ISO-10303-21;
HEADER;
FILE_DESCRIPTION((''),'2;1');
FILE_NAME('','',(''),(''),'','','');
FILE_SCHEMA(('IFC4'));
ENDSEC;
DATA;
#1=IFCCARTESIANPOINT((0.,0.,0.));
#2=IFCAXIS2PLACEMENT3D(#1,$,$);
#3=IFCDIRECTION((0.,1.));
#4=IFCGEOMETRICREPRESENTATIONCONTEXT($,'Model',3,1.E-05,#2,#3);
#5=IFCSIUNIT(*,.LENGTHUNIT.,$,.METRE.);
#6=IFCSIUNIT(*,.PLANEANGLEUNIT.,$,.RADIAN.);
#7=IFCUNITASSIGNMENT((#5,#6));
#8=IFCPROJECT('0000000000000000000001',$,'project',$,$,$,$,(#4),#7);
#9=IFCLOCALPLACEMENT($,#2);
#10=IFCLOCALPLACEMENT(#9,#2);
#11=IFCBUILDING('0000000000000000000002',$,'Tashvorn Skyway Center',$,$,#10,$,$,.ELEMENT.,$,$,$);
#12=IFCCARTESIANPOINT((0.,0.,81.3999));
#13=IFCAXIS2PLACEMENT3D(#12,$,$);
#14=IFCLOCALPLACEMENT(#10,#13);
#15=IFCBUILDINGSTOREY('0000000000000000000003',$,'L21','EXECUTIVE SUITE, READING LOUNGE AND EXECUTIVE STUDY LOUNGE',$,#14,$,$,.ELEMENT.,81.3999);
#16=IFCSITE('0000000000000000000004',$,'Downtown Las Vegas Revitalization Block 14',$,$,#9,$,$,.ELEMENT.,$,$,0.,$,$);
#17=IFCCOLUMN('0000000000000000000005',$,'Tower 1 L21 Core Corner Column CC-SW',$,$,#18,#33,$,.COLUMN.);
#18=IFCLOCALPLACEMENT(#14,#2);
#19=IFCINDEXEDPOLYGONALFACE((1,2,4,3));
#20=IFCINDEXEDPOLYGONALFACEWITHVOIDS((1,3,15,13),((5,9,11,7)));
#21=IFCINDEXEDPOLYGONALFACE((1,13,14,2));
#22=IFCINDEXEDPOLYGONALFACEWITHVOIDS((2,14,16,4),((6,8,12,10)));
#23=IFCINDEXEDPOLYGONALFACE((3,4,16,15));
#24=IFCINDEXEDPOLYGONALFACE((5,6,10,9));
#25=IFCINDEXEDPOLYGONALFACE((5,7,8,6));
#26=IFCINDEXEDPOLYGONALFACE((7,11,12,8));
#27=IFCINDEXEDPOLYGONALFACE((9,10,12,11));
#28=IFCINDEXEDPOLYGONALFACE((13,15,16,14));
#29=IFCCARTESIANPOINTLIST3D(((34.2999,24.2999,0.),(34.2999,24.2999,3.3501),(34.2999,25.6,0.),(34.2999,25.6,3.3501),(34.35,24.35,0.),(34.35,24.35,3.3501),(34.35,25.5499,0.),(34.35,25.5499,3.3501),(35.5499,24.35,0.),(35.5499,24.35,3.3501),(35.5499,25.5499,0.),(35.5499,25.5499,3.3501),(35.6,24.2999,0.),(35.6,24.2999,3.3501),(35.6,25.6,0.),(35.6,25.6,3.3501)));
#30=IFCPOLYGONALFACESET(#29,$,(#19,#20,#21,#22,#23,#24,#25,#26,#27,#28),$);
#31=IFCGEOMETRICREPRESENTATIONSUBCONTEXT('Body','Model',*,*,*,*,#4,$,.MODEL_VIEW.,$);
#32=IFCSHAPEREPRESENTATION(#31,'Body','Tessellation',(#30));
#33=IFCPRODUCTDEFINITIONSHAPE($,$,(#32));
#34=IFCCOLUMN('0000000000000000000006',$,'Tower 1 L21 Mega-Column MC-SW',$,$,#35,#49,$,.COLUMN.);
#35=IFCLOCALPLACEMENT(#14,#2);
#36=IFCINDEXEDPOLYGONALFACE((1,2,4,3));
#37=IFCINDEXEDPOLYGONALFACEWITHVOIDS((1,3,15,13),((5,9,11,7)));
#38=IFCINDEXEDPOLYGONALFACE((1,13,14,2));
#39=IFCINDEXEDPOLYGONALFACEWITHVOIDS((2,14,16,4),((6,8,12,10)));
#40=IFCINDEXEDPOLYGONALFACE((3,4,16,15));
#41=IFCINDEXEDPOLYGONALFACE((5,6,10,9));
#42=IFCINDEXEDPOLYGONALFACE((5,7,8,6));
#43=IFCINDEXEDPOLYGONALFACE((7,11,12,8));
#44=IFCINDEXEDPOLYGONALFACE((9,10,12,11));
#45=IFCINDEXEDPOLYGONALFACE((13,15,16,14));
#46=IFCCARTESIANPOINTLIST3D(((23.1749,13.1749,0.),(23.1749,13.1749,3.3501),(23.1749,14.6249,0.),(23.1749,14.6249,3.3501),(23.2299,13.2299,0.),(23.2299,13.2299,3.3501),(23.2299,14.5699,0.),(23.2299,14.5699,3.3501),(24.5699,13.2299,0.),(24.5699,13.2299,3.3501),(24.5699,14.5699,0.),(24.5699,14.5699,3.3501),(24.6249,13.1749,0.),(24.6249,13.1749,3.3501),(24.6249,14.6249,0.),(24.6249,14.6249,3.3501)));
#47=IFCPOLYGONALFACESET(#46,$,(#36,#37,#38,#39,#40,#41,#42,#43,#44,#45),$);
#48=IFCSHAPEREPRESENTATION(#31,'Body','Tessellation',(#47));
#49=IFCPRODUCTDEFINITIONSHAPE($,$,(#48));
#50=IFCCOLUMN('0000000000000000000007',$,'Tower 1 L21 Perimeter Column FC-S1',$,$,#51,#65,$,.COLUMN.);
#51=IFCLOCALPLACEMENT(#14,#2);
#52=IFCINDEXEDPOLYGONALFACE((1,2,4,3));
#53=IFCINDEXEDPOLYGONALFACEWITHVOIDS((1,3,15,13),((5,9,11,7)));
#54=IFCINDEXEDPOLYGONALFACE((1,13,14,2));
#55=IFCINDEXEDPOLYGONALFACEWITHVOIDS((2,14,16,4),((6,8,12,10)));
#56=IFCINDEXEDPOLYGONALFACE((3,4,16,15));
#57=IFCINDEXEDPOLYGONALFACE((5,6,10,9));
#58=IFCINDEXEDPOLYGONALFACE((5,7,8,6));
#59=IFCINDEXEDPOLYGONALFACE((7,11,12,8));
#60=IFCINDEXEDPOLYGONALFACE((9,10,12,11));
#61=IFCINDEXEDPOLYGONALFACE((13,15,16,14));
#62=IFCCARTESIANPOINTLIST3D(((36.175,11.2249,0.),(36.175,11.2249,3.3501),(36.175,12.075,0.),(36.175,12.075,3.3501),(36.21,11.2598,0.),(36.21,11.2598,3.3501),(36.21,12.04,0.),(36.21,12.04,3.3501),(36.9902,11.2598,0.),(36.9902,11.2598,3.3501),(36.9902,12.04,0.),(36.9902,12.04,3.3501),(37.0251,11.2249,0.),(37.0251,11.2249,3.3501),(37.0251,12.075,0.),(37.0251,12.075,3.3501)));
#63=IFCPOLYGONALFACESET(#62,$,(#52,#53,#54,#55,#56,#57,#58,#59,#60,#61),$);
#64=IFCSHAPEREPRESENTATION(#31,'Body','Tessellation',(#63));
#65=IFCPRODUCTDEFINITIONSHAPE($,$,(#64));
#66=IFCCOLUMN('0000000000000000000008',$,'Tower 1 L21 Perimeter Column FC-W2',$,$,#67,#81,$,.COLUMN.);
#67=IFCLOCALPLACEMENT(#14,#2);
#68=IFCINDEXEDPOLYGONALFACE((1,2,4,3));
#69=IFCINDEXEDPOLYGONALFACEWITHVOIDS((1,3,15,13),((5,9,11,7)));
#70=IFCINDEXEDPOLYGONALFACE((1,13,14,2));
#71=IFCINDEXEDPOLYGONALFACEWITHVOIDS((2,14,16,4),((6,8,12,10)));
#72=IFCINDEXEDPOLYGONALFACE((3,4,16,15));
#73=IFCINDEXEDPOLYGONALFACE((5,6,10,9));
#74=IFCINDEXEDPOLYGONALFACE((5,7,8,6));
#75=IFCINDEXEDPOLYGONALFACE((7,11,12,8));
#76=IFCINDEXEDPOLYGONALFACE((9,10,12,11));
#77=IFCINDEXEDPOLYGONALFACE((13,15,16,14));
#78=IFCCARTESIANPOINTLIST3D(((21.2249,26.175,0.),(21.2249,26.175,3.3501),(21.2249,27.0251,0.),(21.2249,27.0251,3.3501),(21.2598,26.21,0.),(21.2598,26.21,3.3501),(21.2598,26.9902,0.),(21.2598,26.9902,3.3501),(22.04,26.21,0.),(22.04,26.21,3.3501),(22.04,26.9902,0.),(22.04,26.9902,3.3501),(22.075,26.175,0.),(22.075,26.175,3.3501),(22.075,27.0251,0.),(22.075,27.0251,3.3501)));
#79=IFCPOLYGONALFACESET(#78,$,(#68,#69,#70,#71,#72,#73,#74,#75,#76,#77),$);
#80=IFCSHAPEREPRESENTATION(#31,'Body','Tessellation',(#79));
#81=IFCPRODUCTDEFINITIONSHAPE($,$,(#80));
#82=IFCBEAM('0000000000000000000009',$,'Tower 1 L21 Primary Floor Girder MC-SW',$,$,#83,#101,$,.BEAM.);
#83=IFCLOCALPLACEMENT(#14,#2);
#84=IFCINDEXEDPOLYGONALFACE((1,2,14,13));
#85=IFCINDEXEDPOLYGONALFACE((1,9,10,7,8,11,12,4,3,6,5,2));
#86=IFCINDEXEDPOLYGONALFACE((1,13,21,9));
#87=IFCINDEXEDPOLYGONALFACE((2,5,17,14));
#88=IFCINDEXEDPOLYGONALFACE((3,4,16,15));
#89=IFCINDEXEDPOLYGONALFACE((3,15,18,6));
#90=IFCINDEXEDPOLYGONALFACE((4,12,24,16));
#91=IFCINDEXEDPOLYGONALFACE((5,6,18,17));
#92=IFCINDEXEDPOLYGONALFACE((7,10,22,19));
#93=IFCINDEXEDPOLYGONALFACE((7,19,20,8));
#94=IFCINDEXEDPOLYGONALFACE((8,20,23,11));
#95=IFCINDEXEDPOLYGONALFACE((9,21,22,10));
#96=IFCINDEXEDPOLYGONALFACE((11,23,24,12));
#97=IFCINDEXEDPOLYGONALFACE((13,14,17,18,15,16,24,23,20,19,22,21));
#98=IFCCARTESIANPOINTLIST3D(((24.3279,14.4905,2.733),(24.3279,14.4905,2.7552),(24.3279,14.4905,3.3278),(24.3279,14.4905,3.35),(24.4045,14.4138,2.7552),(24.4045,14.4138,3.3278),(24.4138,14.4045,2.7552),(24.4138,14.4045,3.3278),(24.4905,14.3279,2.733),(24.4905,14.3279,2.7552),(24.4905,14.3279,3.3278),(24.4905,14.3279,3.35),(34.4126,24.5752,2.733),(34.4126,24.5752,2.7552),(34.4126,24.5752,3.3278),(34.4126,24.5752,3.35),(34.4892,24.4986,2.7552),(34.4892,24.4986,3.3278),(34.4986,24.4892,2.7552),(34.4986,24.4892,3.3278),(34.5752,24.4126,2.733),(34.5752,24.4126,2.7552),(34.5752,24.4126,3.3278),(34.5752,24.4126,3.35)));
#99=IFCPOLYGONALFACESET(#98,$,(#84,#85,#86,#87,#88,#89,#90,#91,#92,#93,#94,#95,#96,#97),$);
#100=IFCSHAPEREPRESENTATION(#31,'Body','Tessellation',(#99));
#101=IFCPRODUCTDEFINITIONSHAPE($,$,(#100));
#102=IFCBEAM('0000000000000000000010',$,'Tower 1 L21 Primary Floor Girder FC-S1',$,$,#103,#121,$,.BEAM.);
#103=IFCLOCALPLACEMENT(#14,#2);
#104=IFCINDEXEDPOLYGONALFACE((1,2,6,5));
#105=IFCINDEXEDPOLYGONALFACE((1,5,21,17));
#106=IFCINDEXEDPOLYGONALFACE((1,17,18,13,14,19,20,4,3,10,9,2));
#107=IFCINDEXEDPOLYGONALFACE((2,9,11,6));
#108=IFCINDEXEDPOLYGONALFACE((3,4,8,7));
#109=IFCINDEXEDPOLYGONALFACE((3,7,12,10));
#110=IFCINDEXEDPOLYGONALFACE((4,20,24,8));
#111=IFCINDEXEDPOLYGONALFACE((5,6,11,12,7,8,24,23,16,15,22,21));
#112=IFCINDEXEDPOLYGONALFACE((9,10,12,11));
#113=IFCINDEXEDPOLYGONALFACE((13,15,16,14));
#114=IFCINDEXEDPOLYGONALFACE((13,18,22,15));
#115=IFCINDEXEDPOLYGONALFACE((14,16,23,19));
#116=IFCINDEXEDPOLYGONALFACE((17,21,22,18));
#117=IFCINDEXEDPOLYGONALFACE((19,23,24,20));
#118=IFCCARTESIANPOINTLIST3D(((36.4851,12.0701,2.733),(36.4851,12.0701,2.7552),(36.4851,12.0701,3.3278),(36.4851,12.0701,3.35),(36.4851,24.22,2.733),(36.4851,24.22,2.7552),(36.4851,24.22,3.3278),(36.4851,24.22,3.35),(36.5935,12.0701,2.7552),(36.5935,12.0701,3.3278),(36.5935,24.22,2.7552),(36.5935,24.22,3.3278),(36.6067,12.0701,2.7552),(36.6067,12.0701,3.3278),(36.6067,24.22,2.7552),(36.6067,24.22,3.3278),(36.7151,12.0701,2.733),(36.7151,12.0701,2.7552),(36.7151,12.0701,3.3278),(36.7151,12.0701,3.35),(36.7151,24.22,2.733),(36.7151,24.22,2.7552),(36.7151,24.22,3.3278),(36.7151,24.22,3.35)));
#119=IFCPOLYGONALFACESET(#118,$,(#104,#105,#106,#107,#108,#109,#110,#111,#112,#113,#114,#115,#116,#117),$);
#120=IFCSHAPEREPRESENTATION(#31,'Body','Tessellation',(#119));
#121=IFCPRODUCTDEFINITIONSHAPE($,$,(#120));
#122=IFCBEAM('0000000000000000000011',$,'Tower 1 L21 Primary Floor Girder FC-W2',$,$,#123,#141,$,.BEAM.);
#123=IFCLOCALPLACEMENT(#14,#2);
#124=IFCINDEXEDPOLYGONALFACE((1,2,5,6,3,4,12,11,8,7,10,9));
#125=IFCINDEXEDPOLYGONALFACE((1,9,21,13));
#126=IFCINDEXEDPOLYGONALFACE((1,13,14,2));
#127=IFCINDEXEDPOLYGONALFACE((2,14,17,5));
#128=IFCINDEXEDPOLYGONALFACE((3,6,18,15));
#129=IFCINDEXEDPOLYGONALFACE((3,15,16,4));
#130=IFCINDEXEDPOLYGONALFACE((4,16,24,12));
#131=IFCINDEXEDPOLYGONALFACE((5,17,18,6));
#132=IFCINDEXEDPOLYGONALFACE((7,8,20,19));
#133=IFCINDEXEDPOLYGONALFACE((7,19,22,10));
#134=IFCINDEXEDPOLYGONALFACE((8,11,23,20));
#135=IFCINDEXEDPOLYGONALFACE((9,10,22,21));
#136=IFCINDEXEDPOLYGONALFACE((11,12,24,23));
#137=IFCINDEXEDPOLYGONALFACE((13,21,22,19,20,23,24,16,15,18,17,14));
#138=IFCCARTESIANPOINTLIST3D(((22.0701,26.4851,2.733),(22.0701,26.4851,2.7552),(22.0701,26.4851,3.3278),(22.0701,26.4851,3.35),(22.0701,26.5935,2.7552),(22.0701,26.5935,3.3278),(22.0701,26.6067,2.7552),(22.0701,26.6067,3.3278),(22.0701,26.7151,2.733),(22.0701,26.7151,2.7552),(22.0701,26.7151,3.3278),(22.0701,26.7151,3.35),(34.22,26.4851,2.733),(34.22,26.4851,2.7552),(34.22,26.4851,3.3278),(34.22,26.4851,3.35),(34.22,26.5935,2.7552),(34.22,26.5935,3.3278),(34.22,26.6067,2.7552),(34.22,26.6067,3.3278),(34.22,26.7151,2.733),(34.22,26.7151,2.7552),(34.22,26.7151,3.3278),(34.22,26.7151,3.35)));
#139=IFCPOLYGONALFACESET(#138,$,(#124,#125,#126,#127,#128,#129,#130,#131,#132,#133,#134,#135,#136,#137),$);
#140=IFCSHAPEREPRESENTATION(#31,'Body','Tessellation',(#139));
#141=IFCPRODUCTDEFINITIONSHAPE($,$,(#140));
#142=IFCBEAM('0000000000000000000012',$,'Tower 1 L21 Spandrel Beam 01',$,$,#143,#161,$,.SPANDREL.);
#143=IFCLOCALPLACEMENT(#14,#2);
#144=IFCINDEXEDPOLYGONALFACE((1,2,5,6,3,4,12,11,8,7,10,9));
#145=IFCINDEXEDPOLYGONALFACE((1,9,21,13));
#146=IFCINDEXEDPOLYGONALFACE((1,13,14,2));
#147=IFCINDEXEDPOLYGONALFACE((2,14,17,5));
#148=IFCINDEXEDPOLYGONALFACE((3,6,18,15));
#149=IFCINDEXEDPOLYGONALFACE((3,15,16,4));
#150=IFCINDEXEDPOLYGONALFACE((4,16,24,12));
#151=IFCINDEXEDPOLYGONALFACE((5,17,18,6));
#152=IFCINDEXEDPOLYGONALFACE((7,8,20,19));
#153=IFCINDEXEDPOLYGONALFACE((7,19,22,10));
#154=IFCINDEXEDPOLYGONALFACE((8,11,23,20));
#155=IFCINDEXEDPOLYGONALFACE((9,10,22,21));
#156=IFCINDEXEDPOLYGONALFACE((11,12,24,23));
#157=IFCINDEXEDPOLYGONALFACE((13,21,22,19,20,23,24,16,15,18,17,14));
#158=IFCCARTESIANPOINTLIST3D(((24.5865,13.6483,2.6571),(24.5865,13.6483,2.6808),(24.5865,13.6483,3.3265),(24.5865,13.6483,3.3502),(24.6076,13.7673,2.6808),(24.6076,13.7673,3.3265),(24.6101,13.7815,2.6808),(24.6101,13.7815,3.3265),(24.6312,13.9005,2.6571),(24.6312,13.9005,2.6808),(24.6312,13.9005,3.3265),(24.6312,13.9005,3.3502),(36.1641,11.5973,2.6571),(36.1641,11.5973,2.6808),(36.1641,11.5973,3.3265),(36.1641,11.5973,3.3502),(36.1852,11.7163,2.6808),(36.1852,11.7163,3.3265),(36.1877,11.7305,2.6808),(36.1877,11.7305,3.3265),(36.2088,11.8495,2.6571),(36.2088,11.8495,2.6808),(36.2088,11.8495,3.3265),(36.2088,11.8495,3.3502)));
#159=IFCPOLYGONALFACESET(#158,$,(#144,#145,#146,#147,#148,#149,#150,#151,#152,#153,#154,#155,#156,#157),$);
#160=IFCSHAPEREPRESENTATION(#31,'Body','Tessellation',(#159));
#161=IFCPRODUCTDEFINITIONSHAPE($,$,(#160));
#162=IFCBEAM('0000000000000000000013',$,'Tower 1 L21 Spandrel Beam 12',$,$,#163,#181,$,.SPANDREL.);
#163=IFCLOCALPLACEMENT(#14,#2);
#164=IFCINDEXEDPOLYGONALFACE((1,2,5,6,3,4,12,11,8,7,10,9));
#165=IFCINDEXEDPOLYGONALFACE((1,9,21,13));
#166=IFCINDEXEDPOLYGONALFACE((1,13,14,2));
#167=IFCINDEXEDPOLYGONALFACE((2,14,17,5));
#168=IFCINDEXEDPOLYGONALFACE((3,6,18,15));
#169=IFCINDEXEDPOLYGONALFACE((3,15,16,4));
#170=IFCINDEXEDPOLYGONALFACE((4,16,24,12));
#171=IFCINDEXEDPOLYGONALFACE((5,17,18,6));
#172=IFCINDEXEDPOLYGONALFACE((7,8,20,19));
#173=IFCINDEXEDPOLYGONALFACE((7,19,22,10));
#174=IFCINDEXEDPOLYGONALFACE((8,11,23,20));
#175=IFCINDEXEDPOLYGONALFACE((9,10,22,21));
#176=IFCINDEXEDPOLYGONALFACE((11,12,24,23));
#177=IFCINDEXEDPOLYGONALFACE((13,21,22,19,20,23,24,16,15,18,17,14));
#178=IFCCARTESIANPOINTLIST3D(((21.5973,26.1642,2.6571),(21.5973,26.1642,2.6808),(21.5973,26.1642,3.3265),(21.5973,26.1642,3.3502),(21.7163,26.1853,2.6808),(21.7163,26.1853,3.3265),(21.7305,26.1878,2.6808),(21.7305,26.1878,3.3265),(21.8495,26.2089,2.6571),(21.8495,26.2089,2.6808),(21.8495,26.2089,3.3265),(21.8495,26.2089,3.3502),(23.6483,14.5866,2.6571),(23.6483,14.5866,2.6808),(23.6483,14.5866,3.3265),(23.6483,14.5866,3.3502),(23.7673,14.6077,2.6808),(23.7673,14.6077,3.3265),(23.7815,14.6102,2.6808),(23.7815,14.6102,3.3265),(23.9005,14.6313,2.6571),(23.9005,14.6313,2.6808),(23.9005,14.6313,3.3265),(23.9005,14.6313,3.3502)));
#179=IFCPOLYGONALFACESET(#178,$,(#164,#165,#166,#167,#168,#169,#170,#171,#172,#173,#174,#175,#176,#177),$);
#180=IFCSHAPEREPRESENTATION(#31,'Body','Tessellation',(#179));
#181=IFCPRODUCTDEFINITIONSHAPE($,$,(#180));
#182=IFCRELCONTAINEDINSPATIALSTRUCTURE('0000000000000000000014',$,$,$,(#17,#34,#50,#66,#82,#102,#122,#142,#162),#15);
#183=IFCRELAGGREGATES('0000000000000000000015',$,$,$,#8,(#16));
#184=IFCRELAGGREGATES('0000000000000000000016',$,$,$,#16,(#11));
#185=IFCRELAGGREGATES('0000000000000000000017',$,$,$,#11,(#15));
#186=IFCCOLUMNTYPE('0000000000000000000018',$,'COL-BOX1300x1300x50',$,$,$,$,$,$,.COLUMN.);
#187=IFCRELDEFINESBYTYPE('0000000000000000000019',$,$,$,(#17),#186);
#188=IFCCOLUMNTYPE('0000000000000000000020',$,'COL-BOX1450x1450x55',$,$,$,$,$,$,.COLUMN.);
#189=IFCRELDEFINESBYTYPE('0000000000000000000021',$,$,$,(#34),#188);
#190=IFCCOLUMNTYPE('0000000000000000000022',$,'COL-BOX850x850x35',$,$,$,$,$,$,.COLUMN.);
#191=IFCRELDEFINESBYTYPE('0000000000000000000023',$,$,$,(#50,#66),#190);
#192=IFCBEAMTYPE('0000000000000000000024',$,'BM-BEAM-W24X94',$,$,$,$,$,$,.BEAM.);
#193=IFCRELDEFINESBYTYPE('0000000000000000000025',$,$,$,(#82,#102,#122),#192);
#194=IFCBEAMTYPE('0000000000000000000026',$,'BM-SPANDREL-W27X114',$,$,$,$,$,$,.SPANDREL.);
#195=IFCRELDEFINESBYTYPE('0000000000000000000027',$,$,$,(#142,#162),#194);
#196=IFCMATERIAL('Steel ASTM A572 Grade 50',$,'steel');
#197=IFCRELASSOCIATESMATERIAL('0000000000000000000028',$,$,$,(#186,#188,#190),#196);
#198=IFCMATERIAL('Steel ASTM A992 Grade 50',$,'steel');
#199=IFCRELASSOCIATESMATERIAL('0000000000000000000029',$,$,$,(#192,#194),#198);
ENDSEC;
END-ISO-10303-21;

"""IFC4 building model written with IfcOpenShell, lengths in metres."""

from ifc_helpers import new_model, si_unit, direction, frame, origin, origin_2d, place, context, subcontext, project, spatial, hollow_rectangle, i_section, extrude, material, material_profile, profile_set, type_object, element, save


model = new_model("IFC4")

# Units and contexts
model_context = context("Model", 3, precision=1e-05, world=origin(), true_north=direction((0.0, 1.0)))
body_context = subcontext(model_context, "Body", "Model", "MODEL_VIEW")
ifc_project = project(units=[si_unit("LENGTHUNIT", "METRE"), si_unit("PLANEANGLEUNIT", "RADIAN")], contexts=[model_context])

# Site, building, storey
site_placement = place(None, origin())
site = spatial("IfcSite", under=ifc_project, at=site_placement, Name="Downtown Las Vegas Revitalization Block 14", CompositionType="ELEMENT", RefElevation=0.0)
building_placement = place(site_placement, origin())
building = spatial("IfcBuilding", under=site, at=building_placement, Name="Tashvorn Skyway Center", CompositionType="ELEMENT")
storey_placement = place(building_placement, frame((0.0, 0.0, 81.3999)))
storey = spatial("IfcBuildingStorey", under=building, at=storey_placement, Name="L21", Description="EXECUTIVE SUITE, READING LOUNGE AND EXECUTIVE STUDY LOUNGE", CompositionType="ELEMENT", Elevation=81.3999)

# Columns
ifc_material_1 = material(Name="Steel ASTM A572 Grade 50", Category="steel")
ifc_material_profile_1 = material_profile(ifc_material_1, hollow_rectangle(XDim=1.3, YDim=1.3, WallThickness=0.05, at=origin_2d()), Name="BOX1300x1300x50")
ifc_profile_set_1 = profile_set([ifc_material_profile_1], Name="Steel ASTM A572 Grade 50")
column_type_1 = type_object("IfcColumnType", Name="COL-BOX1300x1300x50", PredefinedType="COLUMN", material=ifc_profile_set_1)
column_1_placement = place(storey_placement, frame((34.95, 24.95, 0.0), z_axis=(0.0, 0.0, 1.0), x_axis=(1.0, 0.0, 0.0)))
element("IfcColumn", 1, at=column_1_placement, inside=storey, type_object=column_type_1, Name="Tower 1 L21 Core Corner Column CC-SW", PredefinedType="COLUMN", context=body_context, shape_type="SweptSolid", body=[
    extrude(hollow_rectangle(XDim=1.3, YDim=1.3, WallThickness=0.05, at=origin_2d()), origin(), (0.0, 0.0, 1.0), 3.3501),
])
ifc_material_profile_2 = material_profile(ifc_material_1, hollow_rectangle(XDim=1.45, YDim=1.45, WallThickness=0.0549, at=origin_2d()), Name="BOX1450x1450x55")
ifc_profile_set_2 = profile_set([ifc_material_profile_2], Name="Steel ASTM A572 Grade 50")
column_type_2 = type_object("IfcColumnType", Name="COL-BOX1450x1450x55", PredefinedType="COLUMN", material=ifc_profile_set_2)
column_2_placement = place(storey_placement, frame((23.8999, 13.8999, 0.0), z_axis=(0.0, 0.0, 1.0), x_axis=(1.0, 0.0, 0.0)))
element("IfcColumn", 2, at=column_2_placement, inside=storey, type_object=column_type_2, Name="Tower 1 L21 Mega-Column MC-SW", PredefinedType="COLUMN", context=body_context, shape_type="SweptSolid", body=[
    extrude(hollow_rectangle(XDim=1.45, YDim=1.45, WallThickness=0.0549, at=origin_2d()), origin(), (0.0, 0.0, 1.0), 3.3501),
])
ifc_material_profile_3 = material_profile(ifc_material_1, hollow_rectangle(XDim=0.8501, YDim=0.8501, WallThickness=0.0349, at=origin_2d()), Name="BOX850x850x35")
ifc_profile_set_3 = profile_set([ifc_material_profile_3], Name="Steel ASTM A572 Grade 50")
column_type_3 = type_object("IfcColumnType", Name="COL-BOX850x850x35", PredefinedType="COLUMN", material=ifc_profile_set_3)
for number, where, z_axis, x_axis, name in (
    (3, (36.6001, 11.6499, 0.0), (0.0, 0.0, 1.0), (1.0, 0.0, 0.0), "Tower 1 L21 Perimeter Column FC-S1"),
    (4, (21.6499, 26.6001, 0.0), (0.0, 0.0, 1.0), (1.0, 0.0, 0.0), "Tower 1 L21 Perimeter Column FC-W2"),
):
    element("IfcColumn", number, at=place(storey_placement, frame(where, z_axis=z_axis, x_axis=x_axis)), inside=storey, type_object=column_type_3, Name=name, PredefinedType="COLUMN", context=body_context, shape_type="SweptSolid", body=[
        extrude(hollow_rectangle(XDim=0.8501, YDim=0.8501, WallThickness=0.0349, at=origin_2d()), origin(), (0.0, 0.0, 1.0), 3.3501),
    ])

# Beams
ifc_material_2 = material(Name="Steel ASTM A992 Grade 50", Category="steel")
ifc_material_profile_4 = material_profile(ifc_material_2, i_section(OverallWidth=0.23, OverallDepth=0.6169, WebThickness=0.0132, FlangeThickness=0.0222, at=origin_2d()), Name="W24X94")
ifc_profile_set_4 = profile_set([ifc_material_profile_4], Name="Steel ASTM A992 Grade 50")
beam_type_1 = type_object("IfcBeamType", Name="BM-BEAM-W24X94", PredefinedType="BEAM", material=ifc_profile_set_4)
beam_placement = place(storey_placement, frame((24.4092, 14.4092, 3.0415), z_axis=(0.707107, 0.707107, 0.0), x_axis=(-0.707107, 0.707107, 0.0)))
element("IfcBeam", 5, at=beam_placement, inside=storey, type_object=beam_type_1, Name="Tower 1 L21 Primary Floor Girder MC-SW", PredefinedType="BEAM", context=body_context, shape_type="SweptSolid", body=[
    extrude(i_section(OverallWidth=0.23, OverallDepth=0.6169, WebThickness=0.0132, FlangeThickness=0.0222, at=origin_2d()), origin(), (0.0, 0.0, 1.0), 14.262),
])
for number, where, z_axis, x_axis, name in (
    (6, (36.6001, 12.0701, 3.0415), (0.0, 1.0, 0.0), (-1.0, 0.0, 0.0), "Tower 1 L21 Primary Floor Girder FC-S1"),
    (7, (22.0701, 26.6001, 3.0415), (1.0, 0.0, 0.0), (0.0, 1.0, 0.0), "Tower 1 L21 Primary Floor Girder FC-W2"),
):
    element("IfcBeam", number, at=place(storey_placement, frame(where, z_axis=z_axis, x_axis=x_axis)), inside=storey, type_object=beam_type_1, Name=name, PredefinedType="BEAM", context=body_context, shape_type="SweptSolid", body=[
        extrude(i_section(OverallWidth=0.23, OverallDepth=0.6169, WebThickness=0.0132, FlangeThickness=0.0222, at=origin_2d()), origin(), (0.0, 0.0, 1.0), 12.1499),
    ])
ifc_material_profile_5 = material_profile(ifc_material_2, i_section(OverallWidth=0.2561, OverallDepth=0.6931, WebThickness=0.0144, FlangeThickness=0.0237, at=origin_2d()), Name="W27X114")
ifc_profile_set_5 = profile_set([ifc_material_profile_5], Name="Steel ASTM A992 Grade 50")
beam_type_2 = type_object("IfcBeamType", Name="BM-SPANDREL-W27X114", PredefinedType="SPANDREL", material=ifc_profile_set_5)
for number, where, z_axis, x_axis, name in (
    (8, (24.6089, 13.7744, 3.0037), (0.984668, -0.174438, 0.0), (0.174438, 0.984668, 0.0), "Tower 1 L21 Spandrel Beam 01"),
    (9, (21.7234, 26.1865, 3.0037), (0.174438, -0.984668, 0.0), (0.984668, 0.174438, 0.0), "Tower 1 L21 Spandrel Beam 12"),
):
    element("IfcBeam", number, at=place(storey_placement, frame(where, z_axis=z_axis, x_axis=x_axis)), inside=storey, type_object=beam_type_2, Name=name, PredefinedType="SPANDREL", context=body_context, shape_type="SweptSolid", body=[
        extrude(i_section(OverallWidth=0.2561, OverallDepth=0.6931, WebThickness=0.0144, FlangeThickness=0.0237, at=origin_2d()), origin(), (0.0, 0.0, 1.0), 11.7578),
    ])

save(model, "model.ifc")
